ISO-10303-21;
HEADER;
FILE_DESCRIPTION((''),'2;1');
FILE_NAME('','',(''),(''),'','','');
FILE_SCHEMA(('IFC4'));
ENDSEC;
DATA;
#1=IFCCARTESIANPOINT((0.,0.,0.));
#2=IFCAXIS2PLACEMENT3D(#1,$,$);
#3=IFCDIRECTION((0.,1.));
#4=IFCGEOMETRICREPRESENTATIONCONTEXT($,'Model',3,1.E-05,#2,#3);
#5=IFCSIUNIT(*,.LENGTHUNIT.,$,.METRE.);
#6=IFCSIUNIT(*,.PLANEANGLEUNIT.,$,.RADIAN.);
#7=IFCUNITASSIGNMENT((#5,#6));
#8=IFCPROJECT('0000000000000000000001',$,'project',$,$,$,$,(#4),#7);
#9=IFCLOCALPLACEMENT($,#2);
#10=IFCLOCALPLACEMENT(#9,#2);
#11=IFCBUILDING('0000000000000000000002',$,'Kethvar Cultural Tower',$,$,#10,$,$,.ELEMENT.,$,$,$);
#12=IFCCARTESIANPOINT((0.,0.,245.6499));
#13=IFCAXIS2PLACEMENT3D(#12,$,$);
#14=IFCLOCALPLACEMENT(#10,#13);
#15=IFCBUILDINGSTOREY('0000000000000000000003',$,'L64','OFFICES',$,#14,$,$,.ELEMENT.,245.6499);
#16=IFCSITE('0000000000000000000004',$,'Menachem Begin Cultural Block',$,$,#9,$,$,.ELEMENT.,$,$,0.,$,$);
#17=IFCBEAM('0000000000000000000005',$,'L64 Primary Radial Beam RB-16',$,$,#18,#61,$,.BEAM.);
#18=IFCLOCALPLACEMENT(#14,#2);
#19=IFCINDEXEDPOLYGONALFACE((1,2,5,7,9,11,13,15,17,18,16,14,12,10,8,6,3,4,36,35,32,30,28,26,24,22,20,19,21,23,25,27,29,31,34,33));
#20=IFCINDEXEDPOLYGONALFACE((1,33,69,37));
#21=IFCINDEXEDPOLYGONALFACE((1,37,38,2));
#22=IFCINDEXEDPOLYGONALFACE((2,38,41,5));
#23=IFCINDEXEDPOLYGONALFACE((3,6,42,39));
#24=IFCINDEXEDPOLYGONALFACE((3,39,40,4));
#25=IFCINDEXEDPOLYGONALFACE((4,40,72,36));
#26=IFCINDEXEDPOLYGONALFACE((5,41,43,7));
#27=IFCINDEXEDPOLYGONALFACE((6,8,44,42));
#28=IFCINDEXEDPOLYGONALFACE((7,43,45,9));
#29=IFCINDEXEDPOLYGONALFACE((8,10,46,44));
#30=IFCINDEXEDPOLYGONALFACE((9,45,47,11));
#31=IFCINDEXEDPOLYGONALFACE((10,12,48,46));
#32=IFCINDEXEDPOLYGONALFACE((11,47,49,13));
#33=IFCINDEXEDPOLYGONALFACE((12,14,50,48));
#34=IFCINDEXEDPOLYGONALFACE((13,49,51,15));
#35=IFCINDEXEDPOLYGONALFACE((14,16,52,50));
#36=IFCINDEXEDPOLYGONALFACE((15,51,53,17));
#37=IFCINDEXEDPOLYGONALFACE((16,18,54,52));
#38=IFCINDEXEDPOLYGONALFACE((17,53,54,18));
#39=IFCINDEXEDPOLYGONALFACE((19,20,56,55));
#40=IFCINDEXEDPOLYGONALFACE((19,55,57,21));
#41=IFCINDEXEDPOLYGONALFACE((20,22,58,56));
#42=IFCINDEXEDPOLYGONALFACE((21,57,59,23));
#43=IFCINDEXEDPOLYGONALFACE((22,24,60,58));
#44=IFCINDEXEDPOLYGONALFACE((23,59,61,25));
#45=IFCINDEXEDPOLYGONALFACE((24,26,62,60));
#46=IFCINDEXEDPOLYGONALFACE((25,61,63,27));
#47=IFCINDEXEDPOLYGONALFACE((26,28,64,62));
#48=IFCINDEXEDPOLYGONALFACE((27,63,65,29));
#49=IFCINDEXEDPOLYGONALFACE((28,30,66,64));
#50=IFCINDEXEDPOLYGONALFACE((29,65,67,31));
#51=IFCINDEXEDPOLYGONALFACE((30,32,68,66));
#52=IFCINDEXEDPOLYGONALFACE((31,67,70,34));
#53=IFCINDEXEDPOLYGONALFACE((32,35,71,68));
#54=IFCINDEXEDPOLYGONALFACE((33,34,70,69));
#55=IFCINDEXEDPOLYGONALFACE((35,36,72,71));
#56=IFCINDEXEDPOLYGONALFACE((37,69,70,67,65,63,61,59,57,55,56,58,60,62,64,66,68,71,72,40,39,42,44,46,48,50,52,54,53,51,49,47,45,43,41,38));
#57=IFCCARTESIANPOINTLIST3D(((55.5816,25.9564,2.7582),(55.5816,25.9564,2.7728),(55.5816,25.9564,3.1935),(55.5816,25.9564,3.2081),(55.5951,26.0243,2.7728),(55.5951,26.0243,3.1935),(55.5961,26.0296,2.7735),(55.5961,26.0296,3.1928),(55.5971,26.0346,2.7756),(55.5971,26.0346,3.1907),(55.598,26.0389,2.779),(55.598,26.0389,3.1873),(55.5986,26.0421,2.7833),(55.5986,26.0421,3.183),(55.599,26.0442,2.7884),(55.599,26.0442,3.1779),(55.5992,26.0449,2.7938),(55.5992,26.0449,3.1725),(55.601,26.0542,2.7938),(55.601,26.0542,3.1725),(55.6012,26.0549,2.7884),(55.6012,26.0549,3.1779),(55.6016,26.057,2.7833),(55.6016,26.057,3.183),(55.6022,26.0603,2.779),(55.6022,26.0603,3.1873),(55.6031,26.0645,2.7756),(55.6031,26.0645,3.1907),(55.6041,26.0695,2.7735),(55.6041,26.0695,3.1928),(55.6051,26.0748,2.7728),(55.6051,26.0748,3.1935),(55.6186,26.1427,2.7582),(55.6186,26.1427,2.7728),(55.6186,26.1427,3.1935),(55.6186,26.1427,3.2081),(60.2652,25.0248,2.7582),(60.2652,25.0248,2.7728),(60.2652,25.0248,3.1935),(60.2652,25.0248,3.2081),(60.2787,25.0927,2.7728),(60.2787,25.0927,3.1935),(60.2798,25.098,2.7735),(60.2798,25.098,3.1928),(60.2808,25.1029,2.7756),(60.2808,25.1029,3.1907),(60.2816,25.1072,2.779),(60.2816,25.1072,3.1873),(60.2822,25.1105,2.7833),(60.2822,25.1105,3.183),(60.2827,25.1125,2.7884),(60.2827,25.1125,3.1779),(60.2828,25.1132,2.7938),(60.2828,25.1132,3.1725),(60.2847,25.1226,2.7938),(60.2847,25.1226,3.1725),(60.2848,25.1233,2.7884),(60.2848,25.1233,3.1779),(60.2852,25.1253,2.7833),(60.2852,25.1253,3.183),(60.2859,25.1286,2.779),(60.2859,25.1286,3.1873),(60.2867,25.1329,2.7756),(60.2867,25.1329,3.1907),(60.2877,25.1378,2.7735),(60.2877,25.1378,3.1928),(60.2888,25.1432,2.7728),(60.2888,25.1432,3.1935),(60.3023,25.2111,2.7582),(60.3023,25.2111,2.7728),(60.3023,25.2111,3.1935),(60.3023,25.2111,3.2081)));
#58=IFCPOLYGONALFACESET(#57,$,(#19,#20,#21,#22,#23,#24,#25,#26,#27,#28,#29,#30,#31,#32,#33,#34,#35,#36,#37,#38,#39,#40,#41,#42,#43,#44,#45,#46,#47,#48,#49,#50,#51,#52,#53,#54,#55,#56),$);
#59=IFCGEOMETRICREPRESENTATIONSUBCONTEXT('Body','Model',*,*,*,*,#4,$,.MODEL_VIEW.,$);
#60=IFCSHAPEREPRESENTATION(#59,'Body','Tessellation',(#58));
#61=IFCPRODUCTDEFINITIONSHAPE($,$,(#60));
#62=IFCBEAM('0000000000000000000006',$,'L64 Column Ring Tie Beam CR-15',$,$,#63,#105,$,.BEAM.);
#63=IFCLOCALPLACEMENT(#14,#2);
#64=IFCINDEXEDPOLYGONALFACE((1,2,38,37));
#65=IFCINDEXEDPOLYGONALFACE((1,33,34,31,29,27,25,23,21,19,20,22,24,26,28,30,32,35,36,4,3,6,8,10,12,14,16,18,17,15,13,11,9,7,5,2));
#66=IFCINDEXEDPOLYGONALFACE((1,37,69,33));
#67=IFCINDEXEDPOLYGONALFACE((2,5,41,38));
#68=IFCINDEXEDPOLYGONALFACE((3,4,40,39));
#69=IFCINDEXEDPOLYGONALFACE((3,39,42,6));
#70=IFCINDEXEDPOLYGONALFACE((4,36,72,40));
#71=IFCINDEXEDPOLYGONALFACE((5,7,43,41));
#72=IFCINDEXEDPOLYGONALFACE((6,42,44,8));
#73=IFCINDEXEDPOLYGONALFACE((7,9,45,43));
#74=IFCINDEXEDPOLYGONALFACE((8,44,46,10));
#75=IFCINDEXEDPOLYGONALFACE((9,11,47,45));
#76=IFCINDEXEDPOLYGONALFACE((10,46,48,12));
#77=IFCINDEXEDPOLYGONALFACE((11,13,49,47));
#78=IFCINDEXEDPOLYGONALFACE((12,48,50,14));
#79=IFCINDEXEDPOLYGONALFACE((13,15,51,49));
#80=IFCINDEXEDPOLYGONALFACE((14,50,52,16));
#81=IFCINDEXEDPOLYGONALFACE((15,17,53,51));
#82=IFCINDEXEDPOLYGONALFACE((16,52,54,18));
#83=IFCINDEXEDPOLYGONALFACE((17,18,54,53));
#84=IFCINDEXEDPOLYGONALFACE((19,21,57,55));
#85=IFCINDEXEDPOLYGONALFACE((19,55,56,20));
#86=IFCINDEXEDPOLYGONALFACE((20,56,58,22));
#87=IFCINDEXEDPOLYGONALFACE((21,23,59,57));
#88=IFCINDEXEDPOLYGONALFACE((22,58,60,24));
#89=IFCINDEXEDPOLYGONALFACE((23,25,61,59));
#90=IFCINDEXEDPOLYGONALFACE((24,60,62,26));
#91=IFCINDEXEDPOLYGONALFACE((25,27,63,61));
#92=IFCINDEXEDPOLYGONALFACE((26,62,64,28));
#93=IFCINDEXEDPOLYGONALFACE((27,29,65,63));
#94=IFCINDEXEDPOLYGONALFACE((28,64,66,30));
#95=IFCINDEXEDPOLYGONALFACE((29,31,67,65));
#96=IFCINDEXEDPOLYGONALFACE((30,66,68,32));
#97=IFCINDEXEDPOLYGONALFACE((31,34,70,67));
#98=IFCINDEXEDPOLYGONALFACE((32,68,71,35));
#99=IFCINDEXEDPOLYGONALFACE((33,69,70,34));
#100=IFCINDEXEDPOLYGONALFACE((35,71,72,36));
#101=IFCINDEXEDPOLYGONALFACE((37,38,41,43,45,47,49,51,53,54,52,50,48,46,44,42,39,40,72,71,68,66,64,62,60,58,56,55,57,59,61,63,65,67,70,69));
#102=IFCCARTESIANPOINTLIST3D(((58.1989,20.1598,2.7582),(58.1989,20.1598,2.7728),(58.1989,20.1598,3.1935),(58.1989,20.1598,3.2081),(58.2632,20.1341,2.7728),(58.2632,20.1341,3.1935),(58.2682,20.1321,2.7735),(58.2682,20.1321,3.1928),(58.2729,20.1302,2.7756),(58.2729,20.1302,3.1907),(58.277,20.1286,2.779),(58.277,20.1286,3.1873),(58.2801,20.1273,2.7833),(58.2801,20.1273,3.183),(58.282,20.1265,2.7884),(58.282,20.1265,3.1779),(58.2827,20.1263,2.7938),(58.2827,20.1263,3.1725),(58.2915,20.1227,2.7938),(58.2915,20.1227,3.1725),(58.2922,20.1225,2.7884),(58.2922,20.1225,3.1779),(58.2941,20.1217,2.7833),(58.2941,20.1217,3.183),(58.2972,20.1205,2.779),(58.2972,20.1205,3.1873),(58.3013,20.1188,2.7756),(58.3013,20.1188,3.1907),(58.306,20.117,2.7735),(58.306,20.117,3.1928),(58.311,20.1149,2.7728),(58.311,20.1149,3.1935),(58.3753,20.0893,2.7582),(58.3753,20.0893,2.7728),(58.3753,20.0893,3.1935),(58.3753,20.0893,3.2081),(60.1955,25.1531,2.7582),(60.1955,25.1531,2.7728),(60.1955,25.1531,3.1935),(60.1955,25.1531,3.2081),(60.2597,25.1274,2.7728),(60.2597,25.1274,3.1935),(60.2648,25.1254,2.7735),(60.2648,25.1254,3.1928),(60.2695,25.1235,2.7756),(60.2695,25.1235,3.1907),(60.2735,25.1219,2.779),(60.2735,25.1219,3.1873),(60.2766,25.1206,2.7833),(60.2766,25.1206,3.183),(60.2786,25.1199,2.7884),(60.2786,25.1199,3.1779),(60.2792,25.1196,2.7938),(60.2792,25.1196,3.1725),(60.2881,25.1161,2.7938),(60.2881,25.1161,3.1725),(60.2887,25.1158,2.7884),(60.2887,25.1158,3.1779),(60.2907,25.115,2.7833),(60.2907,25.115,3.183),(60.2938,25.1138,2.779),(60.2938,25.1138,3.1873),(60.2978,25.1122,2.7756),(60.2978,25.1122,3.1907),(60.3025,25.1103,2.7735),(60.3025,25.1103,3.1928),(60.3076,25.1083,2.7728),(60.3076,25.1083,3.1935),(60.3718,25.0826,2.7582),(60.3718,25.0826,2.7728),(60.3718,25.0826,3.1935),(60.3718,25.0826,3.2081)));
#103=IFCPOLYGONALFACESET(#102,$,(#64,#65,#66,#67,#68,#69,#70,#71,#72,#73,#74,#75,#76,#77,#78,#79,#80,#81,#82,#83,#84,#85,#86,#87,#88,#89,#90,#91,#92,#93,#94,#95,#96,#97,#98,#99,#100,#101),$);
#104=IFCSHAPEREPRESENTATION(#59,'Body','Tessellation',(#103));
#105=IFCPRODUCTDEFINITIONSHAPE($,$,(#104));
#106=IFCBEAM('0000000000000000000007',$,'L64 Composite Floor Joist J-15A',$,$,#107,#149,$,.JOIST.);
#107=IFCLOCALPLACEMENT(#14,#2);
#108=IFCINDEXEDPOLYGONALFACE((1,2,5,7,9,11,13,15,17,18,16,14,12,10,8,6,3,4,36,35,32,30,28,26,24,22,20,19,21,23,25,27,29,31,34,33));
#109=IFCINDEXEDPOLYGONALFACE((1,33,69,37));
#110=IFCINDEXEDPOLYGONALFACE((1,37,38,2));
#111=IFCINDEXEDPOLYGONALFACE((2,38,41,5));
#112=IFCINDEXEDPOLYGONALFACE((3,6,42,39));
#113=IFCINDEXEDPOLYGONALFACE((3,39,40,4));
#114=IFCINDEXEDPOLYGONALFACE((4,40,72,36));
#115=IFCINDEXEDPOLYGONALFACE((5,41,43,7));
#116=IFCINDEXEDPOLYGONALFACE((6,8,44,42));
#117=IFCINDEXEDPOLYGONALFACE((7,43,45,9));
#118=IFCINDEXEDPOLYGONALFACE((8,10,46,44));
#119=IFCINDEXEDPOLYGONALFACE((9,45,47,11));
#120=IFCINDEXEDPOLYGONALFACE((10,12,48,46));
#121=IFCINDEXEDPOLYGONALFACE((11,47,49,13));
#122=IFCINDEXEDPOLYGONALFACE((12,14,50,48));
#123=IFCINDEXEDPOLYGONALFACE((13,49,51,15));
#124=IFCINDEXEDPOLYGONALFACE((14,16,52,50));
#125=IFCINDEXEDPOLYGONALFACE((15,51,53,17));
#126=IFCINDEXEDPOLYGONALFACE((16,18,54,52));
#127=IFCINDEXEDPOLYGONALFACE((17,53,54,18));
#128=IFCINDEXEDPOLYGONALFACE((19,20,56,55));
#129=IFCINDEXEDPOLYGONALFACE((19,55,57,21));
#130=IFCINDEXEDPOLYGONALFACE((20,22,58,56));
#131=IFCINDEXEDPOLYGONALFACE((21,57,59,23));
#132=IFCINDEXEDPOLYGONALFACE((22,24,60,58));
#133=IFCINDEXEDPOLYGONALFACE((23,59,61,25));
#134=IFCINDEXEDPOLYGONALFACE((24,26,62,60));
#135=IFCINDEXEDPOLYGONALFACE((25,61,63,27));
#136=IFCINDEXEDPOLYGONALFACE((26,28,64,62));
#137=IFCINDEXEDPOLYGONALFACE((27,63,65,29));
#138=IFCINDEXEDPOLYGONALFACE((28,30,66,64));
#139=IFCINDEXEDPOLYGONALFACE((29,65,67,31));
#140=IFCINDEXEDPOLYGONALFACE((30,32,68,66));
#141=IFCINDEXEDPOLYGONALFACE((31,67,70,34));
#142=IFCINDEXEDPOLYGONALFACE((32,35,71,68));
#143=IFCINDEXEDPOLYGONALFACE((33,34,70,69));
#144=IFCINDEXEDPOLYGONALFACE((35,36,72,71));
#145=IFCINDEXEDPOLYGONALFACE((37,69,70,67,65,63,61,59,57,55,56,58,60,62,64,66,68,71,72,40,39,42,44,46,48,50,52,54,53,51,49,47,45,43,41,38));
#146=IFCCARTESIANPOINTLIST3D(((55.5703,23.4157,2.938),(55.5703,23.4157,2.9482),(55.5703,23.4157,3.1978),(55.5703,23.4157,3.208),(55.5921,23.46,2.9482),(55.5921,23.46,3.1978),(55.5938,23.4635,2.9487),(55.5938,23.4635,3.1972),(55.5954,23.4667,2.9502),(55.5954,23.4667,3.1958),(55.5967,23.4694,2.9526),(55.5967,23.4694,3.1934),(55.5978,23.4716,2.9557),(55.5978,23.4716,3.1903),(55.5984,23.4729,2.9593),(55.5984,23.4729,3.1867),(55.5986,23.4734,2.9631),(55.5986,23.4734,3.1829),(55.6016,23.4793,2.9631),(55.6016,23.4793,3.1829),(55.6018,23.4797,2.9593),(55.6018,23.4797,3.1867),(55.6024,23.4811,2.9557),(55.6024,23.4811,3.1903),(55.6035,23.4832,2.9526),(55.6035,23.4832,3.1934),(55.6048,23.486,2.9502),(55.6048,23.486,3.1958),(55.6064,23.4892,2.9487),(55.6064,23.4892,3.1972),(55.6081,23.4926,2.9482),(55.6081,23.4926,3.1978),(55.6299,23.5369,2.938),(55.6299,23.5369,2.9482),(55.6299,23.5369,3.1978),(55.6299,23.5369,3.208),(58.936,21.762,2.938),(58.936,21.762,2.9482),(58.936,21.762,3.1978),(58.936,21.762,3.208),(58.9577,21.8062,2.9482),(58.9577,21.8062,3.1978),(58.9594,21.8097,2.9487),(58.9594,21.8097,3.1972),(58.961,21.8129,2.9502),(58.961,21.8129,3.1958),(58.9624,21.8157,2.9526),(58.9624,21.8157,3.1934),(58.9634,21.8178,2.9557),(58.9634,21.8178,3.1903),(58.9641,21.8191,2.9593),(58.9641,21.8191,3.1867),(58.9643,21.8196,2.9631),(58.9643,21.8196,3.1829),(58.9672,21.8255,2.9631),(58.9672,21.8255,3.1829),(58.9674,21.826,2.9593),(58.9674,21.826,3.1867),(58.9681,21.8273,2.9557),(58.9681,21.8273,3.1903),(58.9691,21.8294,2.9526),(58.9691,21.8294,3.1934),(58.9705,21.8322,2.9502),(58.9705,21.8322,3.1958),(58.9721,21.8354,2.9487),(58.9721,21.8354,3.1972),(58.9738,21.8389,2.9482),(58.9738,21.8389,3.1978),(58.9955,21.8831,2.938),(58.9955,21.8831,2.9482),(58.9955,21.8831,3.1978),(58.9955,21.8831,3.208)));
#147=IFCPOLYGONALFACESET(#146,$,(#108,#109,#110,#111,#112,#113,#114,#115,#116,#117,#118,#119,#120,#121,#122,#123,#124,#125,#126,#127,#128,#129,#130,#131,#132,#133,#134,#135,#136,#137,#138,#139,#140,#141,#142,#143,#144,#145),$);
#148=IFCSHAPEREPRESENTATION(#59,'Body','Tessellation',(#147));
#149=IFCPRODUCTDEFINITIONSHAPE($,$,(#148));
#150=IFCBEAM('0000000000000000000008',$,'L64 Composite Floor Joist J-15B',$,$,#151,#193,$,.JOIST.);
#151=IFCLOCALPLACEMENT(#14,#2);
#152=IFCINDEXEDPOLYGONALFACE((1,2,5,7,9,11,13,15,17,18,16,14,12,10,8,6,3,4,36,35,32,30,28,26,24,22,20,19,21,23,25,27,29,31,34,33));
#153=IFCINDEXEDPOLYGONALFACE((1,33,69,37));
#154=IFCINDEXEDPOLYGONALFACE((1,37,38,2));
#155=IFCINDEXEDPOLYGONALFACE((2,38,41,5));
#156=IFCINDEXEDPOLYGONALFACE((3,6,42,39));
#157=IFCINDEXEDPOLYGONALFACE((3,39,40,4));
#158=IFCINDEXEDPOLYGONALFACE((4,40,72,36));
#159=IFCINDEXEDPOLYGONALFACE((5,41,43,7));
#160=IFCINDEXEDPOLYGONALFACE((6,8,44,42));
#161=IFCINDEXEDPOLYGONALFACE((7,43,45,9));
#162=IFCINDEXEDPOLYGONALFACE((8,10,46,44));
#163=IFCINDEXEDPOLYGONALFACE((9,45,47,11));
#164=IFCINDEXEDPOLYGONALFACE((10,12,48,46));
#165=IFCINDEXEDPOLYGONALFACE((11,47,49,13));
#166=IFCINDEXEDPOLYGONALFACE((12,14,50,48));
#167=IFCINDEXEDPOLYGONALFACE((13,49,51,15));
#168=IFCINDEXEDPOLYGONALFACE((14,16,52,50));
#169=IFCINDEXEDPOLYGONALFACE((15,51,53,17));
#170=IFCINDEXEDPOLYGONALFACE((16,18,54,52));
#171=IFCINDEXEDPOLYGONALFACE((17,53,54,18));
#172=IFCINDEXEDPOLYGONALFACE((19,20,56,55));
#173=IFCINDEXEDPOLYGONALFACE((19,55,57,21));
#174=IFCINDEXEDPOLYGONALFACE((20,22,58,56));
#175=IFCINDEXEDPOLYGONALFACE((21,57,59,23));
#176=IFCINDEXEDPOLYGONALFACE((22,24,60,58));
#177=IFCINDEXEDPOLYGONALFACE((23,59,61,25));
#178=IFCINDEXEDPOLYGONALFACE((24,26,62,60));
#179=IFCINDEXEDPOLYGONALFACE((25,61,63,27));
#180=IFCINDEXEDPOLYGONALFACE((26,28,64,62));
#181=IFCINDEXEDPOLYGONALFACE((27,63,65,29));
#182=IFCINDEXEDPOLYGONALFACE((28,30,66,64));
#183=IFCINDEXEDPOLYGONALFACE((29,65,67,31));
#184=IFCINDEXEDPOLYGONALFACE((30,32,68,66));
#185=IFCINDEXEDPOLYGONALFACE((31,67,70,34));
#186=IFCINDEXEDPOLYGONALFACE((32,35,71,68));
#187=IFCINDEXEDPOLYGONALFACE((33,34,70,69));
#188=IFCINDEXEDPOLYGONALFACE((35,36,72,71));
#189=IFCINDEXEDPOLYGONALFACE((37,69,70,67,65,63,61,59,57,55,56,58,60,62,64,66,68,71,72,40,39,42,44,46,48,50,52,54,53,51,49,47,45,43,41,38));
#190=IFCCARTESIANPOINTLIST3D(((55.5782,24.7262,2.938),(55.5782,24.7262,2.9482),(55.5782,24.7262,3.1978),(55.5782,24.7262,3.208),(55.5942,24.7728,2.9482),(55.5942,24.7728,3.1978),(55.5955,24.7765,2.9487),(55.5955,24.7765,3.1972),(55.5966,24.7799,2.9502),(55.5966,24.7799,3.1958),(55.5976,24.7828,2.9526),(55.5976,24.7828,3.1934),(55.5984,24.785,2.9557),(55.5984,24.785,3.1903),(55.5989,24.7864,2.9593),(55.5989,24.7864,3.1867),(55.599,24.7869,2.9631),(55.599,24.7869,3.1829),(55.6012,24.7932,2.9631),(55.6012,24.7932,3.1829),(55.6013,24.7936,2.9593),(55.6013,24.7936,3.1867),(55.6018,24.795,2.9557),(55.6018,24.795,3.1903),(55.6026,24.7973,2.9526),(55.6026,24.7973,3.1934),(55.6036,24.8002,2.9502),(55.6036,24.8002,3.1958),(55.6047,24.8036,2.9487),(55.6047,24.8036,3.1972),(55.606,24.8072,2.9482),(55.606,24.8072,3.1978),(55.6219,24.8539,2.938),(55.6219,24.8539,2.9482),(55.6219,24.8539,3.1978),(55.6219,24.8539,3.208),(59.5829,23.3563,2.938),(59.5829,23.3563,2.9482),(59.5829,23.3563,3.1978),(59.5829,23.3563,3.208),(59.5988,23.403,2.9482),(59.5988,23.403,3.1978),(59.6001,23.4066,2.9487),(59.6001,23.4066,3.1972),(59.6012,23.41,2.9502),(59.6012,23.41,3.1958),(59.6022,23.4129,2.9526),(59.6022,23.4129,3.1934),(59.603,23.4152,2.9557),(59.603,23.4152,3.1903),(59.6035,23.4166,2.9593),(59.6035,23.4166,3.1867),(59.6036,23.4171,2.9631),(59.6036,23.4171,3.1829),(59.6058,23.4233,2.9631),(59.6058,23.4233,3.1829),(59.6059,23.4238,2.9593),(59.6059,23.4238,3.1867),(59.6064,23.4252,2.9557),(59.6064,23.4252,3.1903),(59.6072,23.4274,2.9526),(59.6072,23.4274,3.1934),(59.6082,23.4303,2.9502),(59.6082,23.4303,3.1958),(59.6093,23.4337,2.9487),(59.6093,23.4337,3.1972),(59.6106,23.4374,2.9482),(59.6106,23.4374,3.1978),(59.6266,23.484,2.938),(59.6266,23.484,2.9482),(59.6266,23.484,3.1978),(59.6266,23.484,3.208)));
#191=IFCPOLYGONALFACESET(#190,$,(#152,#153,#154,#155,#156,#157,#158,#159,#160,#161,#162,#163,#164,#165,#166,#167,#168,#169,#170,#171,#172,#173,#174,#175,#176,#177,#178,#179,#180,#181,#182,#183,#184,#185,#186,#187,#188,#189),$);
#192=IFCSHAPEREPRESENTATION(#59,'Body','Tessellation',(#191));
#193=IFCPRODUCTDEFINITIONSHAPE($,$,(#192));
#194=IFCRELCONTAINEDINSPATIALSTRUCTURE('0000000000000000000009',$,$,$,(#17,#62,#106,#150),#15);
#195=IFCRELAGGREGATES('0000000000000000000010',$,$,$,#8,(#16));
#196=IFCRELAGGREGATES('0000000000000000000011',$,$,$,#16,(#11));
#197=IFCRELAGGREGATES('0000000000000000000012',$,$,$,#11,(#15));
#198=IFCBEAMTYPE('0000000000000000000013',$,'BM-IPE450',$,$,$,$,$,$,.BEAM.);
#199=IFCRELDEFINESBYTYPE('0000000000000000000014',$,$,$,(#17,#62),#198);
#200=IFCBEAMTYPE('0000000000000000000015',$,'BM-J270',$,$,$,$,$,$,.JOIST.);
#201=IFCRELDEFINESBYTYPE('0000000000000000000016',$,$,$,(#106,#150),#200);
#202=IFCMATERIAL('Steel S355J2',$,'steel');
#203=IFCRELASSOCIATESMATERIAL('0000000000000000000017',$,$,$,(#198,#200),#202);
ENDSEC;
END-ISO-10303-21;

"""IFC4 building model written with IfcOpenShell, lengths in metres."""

from ifc_helpers import new_model, si_unit, direction, frame, origin, origin_2d, place, context, subcontext, project, spatial, i_section, extrude, source, transform, mapped, material, material_profile, profile_set, type_object, element, save


model = new_model("IFC4")

# Units and contexts
model_context = context("Model", 3, precision=1e-05, world=origin(), true_north=direction((0.0, 1.0)))
body_context = subcontext(model_context, "Body", "Model", "MODEL_VIEW")
ifc_project = project(units=[si_unit("LENGTHUNIT", "METRE"), si_unit("PLANEANGLEUNIT", "RADIAN")], contexts=[model_context])

# Site, building, storey
site_placement = place(None, origin())
site = spatial("IfcSite", under=ifc_project, at=site_placement, Name="Menachem Begin Cultural Block", CompositionType="ELEMENT", RefElevation=0.0)
building_placement = place(site_placement, origin())
building = spatial("IfcBuilding", under=site, at=building_placement, Name="Kethvar Cultural Tower", CompositionType="ELEMENT")
storey_placement = place(building_placement, frame((0.0, 0.0, 245.6499)))
storey = spatial("IfcBuildingStorey", under=building, at=storey_placement, Name="L64", Description="OFFICES", CompositionType="ELEMENT", Elevation=245.6499)

# Beams
ifc_material_1 = material(Name="Steel S355J2", Category="steel")
ifc_material_profile_1 = material_profile(ifc_material_1, i_section(OverallWidth=0.1899, OverallDepth=0.45, WebThickness=0.0095, FlangeThickness=0.0146, FilletRadius=0.021, at=origin_2d()), Name="Steel S355J2 — IPE450")
ifc_profile_set_1 = profile_set([ifc_material_profile_1], Name="Steel S355J2 — IPE450")
beam_type_1 = type_object("IfcBeamType", Name="BM-IPE450", PredefinedType="BEAM", material=ifc_profile_set_1)
shared_shape_1 = source(origin(), body_context, "Body", "SweptSolid", [
    extrude(i_section(OverallWidth=0.1899, OverallDepth=0.45, WebThickness=0.0095, FlangeThickness=0.0146, FilletRadius=0.021, at=origin_2d()), origin(), (0.0, 0.0, 1.0), 4.7754),
])
beam_1_placement = place(storey_placement, frame((55.6001, 26.0496, 2.9832), z_axis=(0.980785, -0.195094, 0.0), x_axis=(0.195094, 0.980785, 0.0)))
element("IfcBeam", 1, at=beam_1_placement, inside=storey, type_object=beam_type_1, Name="L64 Primary Radial Beam RB-16", PredefinedType="BEAM", context=body_context, shape_type="MappedRepresentation", body=[
    mapped(shared_shape_1, transform((0.0, 0.0, 0.0), scale=1.0)),
])
shared_shape_2 = source(origin(), body_context, "Body", "SweptSolid", [
    extrude(i_section(OverallWidth=0.1899, OverallDepth=0.45, WebThickness=0.0095, FlangeThickness=0.0146, FilletRadius=0.021, at=origin_2d()), origin(), (0.0, 0.0, 1.0), 5.3777),
])
beam_2_placement = place(storey_placement, frame((58.2871, 20.1245, 2.9832), z_axis=(0.371265, 0.928527, 0.0), x_axis=(-0.928527, 0.371265, 0.0)))
element("IfcBeam", 2, at=beam_2_placement, inside=storey, type_object=beam_type_1, Name="L64 Column Ring Tie Beam CR-15", PredefinedType="BEAM", context=body_context, shape_type="MappedRepresentation", body=[
    mapped(shared_shape_2, transform((0.0, 0.0, 0.0), scale=1.0)),
])
ifc_material_profile_2 = material_profile(ifc_material_1, i_section(OverallWidth=0.135, OverallDepth=0.27, WebThickness=0.0066, FlangeThickness=0.0103, FilletRadius=0.0149, at=origin_2d()), Name="Steel S355J2 — IPE270")
ifc_profile_set_2 = profile_set([ifc_material_profile_2], Name="Steel S355J2 — IPE270")
beam_type_2 = type_object("IfcBeamType", Name="BM-J270", PredefinedType="JOIST", material=ifc_profile_set_2)
shared_shape_3 = source(origin(), body_context, "Body", "SweptSolid", [
    extrude(i_section(OverallWidth=0.135, OverallDepth=0.27, WebThickness=0.0066, FlangeThickness=0.0103, FilletRadius=0.0149, at=origin_2d()), origin(), (0.0, 0.0, 1.0), 3.75),
])
beam_3_placement = place(storey_placement, frame((55.6001, 23.4763, 3.073), z_axis=(0.897505, -0.441005, 0.0), x_axis=(0.441005, 0.897505, 0.0)))
element("IfcBeam", 3, at=beam_3_placement, inside=storey, type_object=beam_type_2, Name="L64 Composite Floor Joist J-15A", PredefinedType="JOIST", context=body_context, shape_type="MappedRepresentation", body=[
    mapped(shared_shape_3, transform((0.0, 0.0, 0.0), scale=1.0)),
])
shared_shape_4 = source(origin(), body_context, "Body", "SweptSolid", [
    extrude(i_section(OverallWidth=0.135, OverallDepth=0.27, WebThickness=0.0066, FlangeThickness=0.0103, FilletRadius=0.0149, at=origin_2d()), origin(), (0.0, 0.0, 1.0), 4.2324),
])
beam_4_placement = place(storey_placement, frame((55.6001, 24.79, 3.073), z_axis=(0.946174, -0.323659, 0.0), x_axis=(0.323659, 0.946174, 0.0)))
element("IfcBeam", 4, at=beam_4_placement, inside=storey, type_object=beam_type_2, Name="L64 Composite Floor Joist J-15B", PredefinedType="JOIST", context=body_context, shape_type="MappedRepresentation", body=[
    mapped(shared_shape_4, transform((0.0, 0.0, 0.0), scale=1.0)),
])

save(model, "model.ifc")
